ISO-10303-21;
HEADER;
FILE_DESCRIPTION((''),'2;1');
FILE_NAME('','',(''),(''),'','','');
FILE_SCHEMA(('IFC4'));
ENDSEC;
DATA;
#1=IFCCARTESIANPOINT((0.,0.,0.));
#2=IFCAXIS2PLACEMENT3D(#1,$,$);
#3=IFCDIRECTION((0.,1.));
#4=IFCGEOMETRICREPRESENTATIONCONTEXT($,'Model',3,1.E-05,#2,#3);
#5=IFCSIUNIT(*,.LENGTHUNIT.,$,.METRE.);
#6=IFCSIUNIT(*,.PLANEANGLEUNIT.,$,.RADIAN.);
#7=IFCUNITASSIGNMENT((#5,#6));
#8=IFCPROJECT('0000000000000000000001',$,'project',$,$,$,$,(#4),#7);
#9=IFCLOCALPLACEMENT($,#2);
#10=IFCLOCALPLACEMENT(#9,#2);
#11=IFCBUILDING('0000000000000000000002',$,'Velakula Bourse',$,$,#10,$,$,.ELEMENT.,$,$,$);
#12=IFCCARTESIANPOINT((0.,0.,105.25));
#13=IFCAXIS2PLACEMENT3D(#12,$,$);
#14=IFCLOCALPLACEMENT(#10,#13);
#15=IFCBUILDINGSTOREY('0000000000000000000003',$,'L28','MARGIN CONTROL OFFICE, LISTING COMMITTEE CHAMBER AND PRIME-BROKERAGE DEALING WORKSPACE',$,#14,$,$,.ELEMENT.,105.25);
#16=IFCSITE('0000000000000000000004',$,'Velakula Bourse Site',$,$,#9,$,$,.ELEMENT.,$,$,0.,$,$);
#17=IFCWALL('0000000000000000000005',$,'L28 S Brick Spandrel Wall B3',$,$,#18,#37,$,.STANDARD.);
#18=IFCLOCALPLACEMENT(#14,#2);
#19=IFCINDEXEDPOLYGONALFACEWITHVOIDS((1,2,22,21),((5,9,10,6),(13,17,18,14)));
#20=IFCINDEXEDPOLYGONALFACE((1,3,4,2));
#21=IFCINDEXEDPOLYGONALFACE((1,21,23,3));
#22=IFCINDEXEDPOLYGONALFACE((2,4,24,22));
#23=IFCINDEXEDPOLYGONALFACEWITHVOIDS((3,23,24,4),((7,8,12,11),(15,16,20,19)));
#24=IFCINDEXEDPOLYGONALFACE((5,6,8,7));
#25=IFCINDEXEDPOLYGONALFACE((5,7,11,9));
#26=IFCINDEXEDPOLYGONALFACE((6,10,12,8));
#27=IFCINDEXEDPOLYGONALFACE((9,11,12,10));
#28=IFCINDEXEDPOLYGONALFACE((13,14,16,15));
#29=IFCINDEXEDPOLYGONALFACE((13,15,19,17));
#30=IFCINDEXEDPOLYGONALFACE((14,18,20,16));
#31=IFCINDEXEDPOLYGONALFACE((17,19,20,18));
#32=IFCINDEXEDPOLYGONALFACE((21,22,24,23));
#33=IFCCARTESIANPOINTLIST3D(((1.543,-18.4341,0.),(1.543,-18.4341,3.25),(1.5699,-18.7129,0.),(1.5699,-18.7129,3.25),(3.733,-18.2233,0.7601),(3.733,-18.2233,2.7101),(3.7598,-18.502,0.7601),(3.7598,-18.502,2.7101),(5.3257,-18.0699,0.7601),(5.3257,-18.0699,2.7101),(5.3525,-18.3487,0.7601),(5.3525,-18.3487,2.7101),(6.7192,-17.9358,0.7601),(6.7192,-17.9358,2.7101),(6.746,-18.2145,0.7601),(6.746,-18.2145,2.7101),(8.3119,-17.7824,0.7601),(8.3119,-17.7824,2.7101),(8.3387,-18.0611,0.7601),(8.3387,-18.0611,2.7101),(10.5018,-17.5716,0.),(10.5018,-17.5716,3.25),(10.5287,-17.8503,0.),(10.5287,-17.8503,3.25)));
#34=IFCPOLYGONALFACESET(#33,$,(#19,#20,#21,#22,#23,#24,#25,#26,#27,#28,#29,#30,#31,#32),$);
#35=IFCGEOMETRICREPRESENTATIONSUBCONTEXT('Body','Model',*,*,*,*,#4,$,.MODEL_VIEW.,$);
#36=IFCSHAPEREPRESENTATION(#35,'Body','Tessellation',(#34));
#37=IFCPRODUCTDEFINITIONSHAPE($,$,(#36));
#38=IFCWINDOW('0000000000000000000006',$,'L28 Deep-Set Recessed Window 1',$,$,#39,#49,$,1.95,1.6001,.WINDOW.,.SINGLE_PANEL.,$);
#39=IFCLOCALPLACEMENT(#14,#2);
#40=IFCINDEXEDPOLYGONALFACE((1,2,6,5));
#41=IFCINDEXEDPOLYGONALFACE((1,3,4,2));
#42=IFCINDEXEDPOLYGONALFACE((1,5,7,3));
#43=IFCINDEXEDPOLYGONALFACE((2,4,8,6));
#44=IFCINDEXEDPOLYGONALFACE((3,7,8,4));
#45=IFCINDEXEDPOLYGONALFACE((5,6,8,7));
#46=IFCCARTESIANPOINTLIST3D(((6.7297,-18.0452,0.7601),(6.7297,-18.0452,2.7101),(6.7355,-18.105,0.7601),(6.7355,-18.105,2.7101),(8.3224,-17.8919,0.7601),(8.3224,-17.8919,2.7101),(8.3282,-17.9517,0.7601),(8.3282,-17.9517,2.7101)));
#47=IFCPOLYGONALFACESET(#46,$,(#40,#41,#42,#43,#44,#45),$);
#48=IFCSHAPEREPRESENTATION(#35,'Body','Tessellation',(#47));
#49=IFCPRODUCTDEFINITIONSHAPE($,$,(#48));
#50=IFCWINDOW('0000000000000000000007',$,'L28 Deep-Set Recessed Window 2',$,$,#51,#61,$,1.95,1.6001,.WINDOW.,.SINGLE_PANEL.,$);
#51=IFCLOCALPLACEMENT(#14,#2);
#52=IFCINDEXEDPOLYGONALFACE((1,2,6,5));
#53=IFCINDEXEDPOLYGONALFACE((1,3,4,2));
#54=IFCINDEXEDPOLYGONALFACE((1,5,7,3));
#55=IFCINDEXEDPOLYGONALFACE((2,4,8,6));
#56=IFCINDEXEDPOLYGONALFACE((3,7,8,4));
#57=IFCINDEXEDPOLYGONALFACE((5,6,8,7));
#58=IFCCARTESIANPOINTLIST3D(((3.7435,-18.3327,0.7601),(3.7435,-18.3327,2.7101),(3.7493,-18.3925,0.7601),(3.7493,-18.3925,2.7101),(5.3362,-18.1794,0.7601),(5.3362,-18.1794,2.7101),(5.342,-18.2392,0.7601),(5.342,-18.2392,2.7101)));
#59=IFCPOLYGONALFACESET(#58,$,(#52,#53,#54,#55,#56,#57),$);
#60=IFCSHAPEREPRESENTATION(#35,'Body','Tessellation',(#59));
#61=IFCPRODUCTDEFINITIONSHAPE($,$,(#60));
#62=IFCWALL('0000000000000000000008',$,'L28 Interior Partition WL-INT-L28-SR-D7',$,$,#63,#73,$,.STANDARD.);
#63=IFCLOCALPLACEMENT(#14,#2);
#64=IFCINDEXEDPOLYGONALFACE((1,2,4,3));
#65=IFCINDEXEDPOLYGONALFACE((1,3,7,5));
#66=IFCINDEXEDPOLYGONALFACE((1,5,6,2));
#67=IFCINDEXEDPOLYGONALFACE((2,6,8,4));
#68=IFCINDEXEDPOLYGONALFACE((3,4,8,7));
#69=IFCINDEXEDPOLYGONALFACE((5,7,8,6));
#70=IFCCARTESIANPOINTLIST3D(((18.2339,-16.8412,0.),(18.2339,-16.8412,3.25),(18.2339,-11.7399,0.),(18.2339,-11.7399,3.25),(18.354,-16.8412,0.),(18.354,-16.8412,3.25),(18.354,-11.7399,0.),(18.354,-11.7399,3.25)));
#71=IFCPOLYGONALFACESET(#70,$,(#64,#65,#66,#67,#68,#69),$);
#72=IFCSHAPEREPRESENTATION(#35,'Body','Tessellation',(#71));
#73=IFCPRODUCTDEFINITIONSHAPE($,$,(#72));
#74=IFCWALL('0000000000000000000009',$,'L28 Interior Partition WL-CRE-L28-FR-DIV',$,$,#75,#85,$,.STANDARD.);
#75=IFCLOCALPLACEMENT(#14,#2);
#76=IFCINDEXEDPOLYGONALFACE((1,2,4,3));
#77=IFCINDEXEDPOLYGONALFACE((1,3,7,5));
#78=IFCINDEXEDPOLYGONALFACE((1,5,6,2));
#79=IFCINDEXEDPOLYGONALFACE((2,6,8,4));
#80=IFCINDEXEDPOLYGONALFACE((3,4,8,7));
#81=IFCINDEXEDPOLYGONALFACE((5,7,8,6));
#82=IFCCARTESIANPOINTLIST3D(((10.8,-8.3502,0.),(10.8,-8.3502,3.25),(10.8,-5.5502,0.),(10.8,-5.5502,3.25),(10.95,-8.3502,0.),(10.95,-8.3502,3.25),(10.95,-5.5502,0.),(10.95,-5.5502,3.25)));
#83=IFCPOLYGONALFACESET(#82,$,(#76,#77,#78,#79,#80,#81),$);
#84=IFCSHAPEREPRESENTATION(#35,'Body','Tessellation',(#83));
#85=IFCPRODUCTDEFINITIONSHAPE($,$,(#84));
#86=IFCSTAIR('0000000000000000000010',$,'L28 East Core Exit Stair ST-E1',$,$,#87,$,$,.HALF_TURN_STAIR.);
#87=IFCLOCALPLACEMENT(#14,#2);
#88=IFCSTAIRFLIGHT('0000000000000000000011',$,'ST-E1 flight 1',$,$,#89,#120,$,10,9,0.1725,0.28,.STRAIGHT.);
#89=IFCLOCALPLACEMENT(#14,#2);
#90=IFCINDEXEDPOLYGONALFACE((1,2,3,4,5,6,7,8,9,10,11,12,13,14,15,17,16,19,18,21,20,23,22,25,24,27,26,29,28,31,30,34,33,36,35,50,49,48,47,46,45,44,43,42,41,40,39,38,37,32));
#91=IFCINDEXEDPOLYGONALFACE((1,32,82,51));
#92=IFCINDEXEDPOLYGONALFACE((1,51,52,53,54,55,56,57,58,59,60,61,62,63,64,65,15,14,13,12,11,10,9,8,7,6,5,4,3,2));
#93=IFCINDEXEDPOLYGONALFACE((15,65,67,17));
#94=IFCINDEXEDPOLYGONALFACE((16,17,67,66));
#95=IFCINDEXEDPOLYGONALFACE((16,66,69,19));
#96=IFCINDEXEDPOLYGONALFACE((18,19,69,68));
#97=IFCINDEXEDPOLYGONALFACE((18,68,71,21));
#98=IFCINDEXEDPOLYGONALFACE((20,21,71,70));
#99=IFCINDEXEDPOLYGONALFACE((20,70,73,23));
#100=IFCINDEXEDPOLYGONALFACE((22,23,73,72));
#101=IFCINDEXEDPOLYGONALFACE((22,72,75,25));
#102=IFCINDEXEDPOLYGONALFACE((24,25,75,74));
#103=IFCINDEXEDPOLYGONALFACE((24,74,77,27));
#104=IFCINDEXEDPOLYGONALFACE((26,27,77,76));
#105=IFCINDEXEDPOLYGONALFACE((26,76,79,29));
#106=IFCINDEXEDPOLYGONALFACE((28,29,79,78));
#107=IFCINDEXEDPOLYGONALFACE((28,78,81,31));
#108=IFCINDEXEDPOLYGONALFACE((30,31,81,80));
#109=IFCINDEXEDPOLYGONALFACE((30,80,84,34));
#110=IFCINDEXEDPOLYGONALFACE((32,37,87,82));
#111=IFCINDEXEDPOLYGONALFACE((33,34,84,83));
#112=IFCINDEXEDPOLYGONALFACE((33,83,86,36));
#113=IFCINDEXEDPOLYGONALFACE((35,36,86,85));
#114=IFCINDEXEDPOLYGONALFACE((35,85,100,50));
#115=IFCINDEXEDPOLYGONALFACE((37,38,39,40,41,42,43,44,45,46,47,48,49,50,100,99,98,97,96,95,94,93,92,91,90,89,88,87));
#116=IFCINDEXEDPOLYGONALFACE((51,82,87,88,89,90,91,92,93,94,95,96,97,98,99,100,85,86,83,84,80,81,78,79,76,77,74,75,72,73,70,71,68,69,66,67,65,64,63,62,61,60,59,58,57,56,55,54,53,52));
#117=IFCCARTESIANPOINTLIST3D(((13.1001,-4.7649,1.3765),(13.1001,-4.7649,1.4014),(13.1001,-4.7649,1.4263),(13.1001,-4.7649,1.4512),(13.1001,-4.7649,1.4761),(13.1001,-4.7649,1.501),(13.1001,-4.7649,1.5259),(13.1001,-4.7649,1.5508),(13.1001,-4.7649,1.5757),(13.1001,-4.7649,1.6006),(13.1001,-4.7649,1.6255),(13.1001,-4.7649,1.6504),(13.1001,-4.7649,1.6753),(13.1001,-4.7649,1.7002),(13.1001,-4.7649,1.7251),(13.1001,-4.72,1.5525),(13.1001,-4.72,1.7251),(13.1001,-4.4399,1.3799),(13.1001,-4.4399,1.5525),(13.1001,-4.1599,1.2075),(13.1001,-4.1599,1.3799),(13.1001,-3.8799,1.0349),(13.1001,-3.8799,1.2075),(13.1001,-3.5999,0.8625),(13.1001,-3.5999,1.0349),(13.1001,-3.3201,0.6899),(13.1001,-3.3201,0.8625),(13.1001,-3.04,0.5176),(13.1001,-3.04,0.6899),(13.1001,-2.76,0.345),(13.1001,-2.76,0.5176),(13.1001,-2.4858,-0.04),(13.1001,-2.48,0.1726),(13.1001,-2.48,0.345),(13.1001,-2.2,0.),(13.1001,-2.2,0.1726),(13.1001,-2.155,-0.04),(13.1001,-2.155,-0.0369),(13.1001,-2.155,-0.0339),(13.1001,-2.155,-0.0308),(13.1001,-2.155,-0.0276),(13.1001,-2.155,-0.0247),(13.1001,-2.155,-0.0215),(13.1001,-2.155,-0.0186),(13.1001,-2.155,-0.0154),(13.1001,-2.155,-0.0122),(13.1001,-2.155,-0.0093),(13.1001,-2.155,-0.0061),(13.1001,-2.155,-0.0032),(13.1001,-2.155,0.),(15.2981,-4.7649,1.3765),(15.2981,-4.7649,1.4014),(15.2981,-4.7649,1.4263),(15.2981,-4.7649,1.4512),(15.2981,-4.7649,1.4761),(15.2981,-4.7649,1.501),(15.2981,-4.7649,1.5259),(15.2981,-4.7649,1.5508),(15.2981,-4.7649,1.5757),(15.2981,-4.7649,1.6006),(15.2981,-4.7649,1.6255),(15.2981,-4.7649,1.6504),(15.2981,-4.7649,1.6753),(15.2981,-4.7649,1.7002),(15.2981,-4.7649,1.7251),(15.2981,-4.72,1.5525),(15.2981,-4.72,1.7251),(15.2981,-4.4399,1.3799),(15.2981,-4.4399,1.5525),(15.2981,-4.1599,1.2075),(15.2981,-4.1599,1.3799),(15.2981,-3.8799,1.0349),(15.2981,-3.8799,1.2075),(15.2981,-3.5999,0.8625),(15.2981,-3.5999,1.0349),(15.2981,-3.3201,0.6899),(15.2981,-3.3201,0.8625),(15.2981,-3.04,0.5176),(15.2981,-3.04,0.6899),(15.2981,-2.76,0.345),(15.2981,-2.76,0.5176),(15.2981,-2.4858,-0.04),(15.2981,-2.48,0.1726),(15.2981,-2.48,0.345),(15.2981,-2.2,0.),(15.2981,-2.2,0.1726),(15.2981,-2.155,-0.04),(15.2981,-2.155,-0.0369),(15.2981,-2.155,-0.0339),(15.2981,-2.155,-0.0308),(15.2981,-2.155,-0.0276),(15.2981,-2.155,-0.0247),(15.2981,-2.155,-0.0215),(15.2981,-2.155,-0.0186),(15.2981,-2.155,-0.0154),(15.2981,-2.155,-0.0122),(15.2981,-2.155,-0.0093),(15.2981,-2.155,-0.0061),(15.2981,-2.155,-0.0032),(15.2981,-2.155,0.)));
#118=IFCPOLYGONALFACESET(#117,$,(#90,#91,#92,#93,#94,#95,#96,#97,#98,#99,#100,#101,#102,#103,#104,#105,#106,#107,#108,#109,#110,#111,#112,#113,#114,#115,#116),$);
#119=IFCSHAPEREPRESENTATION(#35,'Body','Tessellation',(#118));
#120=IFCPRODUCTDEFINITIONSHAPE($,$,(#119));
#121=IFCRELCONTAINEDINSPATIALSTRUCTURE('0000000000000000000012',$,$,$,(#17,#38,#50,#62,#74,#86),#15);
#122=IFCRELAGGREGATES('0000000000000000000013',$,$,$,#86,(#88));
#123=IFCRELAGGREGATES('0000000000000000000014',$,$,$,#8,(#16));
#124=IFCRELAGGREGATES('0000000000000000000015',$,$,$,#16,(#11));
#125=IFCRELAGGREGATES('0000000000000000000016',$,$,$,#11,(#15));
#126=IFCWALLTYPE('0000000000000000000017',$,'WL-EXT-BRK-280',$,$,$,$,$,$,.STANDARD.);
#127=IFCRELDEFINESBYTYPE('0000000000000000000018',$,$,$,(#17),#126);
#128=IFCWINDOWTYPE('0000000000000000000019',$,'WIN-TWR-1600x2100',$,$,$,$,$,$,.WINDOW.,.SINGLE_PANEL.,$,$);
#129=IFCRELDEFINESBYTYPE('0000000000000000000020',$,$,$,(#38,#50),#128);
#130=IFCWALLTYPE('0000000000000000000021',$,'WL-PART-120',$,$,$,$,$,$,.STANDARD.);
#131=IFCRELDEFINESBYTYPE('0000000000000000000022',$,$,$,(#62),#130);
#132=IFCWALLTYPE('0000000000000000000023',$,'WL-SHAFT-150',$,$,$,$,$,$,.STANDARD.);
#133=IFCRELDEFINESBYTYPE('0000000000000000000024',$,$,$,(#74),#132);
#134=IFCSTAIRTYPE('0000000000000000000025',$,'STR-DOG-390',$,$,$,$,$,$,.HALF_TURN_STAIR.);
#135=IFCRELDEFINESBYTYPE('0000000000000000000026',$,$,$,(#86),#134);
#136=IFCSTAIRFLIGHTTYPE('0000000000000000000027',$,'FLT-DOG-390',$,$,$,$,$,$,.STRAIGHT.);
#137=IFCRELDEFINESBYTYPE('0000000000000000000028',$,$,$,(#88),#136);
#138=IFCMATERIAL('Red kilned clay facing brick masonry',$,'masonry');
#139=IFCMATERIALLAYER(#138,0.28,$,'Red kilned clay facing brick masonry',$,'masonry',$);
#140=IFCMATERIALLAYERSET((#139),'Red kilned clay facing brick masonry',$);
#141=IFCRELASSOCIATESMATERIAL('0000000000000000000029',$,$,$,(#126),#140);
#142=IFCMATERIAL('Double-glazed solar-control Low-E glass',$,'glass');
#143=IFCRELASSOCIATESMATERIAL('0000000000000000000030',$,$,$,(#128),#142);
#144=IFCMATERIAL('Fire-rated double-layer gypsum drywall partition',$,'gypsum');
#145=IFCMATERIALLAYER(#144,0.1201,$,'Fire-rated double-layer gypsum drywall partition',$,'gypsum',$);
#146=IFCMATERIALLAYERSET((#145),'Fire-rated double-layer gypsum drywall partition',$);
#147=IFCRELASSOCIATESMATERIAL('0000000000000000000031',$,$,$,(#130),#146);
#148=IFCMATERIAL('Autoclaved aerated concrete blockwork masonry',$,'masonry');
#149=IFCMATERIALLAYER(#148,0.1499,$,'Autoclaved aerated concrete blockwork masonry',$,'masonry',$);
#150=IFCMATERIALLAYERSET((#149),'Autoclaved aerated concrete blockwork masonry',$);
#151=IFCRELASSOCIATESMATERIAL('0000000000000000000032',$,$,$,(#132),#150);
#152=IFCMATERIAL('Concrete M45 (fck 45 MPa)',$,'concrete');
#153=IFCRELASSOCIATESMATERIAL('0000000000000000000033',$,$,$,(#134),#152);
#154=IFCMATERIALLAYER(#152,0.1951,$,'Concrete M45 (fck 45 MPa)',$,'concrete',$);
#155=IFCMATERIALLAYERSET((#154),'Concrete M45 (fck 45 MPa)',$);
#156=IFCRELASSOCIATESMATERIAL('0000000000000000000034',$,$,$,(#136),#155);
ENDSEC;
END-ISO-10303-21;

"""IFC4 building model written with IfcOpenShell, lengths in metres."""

from ifc_helpers import new_model, si_unit, direction, frame, frame_2d, origin, place, context, subcontext, project, spatial, polyline, rectangle, outline, extrude, material, layer, layer_set, type_object, element, fill, aggregate, save


model = new_model("IFC4")

# Units and contexts
model_context = context("Model", 3, precision=1e-05, world=origin(), true_north=direction((0.0, 1.0)))
body_context = subcontext(model_context, "Body", "Model", "MODEL_VIEW")
ifc_project = project(units=[si_unit("LENGTHUNIT", "METRE"), si_unit("PLANEANGLEUNIT", "RADIAN")], contexts=[model_context])

# Site, building, storey
site_placement = place(None, origin())
site = spatial("IfcSite", under=ifc_project, at=site_placement, Name="Velakula Bourse Site", CompositionType="ELEMENT", RefElevation=0.0)
building_placement = place(site_placement, origin())
building = spatial("IfcBuilding", under=site, at=building_placement, Name="Velakula Bourse", CompositionType="ELEMENT")
storey_placement = place(building_placement, frame((0.0, 0.0, 105.25)))
storey = spatial("IfcBuildingStorey", under=building, at=storey_placement, Name="L28", Description="MARGIN CONTROL OFFICE, LISTING COMMITTEE CHAMBER AND PRIME-BROKERAGE DEALING WORKSPACE", CompositionType="ELEMENT", Elevation=105.25)

# Wall, openings, windows
ifc_material_1 = material(Name="Red kilned clay facing brick masonry", Category="masonry")
ifc_layer_1 = layer(ifc_material_1, 0.28, Name="Red kilned clay facing brick masonry", Category="masonry")
ifc_layer_set_1 = layer_set([ifc_layer_1], Name="Red kilned clay facing brick masonry")
wall_type_1 = type_object("IfcWallType", Name="WL-EXT-BRK-280", PredefinedType="STANDARD", material=ifc_layer_set_1)
wall_1_placement = place(storey_placement, frame((10.5151, -17.7109, 0.0), z_axis=(0.0, 0.0, 1.0), x_axis=(-0.995397, -0.095837, 0.0)))
wall_1 = element("IfcWall", 1, at=wall_1_placement, inside=storey, type_object=wall_type_1, Name="L28 S Brick Spandrel Wall B3", PredefinedType="STANDARD", context=body_context, shape_type="SweptSolid", body=[
    extrude(rectangle(XDim=9.0002, YDim=0.28, at=frame_2d((4.5, 0.0))), origin(), (0.0, 0.0, 1.0), 3.25),
])
opening_1_placement = place(wall_1_placement, frame((2.2, 0.0, 0.76)))
opening_1 = element("IfcOpeningElement", 2, at=opening_1_placement, cuts=wall_1, PredefinedType="OPENING", context=body_context, shape_type="SweptSolid", body=[
    extrude(rectangle(XDim=1.6001, YDim=1.95, at=frame_2d((0.8, 0.9751))), frame((0.0, 0.1499, 0.0), z_axis=(0.0, -1.0, 0.0), x_axis=(1.0, 0.0, 0.0)), (0.0, 0.0, 1.0), 0.3),
])
opening_2_placement = place(wall_1_placement, frame((5.2, 0.0, 0.76)))
opening_2 = element("IfcOpeningElement", 3, at=opening_2_placement, cuts=wall_1, PredefinedType="OPENING", context=body_context, shape_type="SweptSolid", body=[
    extrude(rectangle(XDim=1.6001, YDim=1.95, at=frame_2d((0.8, 0.9751))), frame((0.0, 0.1499, 0.0), z_axis=(0.0, -1.0, 0.0), x_axis=(1.0, 0.0, 0.0)), (0.0, 0.0, 1.0), 0.3),
])
ifc_material_2 = material(Name="Double-glazed solar-control Low-E glass", Category="glass")
window_type = type_object("IfcWindowType", Name="WIN-TWR-1600x2100", PartitioningType="SINGLE_PANEL", PredefinedType="WINDOW", material=ifc_material_2)
window_1_placement = place(opening_1_placement, origin())
window_1 = element("IfcWindow", 4, at=window_1_placement, inside=storey, type_object=window_type, Name="L28 Deep-Set Recessed Window 1", OverallHeight=1.95, OverallWidth=1.6001, PartitioningType="SINGLE_PANEL", PredefinedType="WINDOW", context=body_context, shape_type="SweptSolid", body=[
    extrude(rectangle(XDim=1.6001, YDim=1.95, at=frame_2d((0.8, 0.9751))), frame((0.0, 0.03, 0.0), z_axis=(0.0, -1.0, 0.0), x_axis=(1.0, 0.0, 0.0)), (0.0, 0.0, 1.0), 0.0601),
])
fill(opening_1, window_1)
window_2_placement = place(opening_2_placement, origin())
window_2 = element("IfcWindow", 5, at=window_2_placement, inside=storey, type_object=window_type, Name="L28 Deep-Set Recessed Window 2", OverallHeight=1.95, OverallWidth=1.6001, PartitioningType="SINGLE_PANEL", PredefinedType="WINDOW", context=body_context, shape_type="SweptSolid", body=[
    extrude(rectangle(XDim=1.6001, YDim=1.95, at=frame_2d((0.8, 0.9751))), frame((0.0, 0.03, 0.0), z_axis=(0.0, -1.0, 0.0), x_axis=(1.0, 0.0, 0.0)), (0.0, 0.0, 1.0), 0.0601),
])
fill(opening_2, window_2)

# Wall
ifc_material_3 = material(Name="Fire-rated double-layer gypsum drywall partition", Category="gypsum")
ifc_layer_2 = layer(ifc_material_3, 0.1201, Name="Fire-rated double-layer gypsum drywall partition", Category="gypsum")
ifc_layer_set_2 = layer_set([ifc_layer_2], Name="Fire-rated double-layer gypsum drywall partition")
wall_type_2 = type_object("IfcWallType", Name="WL-PART-120", PredefinedType="STANDARD", material=ifc_layer_set_2)
wall_2_placement = place(storey_placement, frame((18.2939, -16.8413, 0.0), z_axis=(0.0, 0.0, 1.0), x_axis=(0.0, 1.0, 0.0)))
element("IfcWall", 6, at=wall_2_placement, inside=storey, type_object=wall_type_2, Name="L28 Interior Partition WL-INT-L28-SR-D7", PredefinedType="STANDARD", context=body_context, shape_type="SweptSolid", body=[
    extrude(rectangle(XDim=5.1013, YDim=0.1201, at=frame_2d((2.5508, 0.0))), origin(), (0.0, 0.0, 1.0), 3.25),
])

# Shared definitions
ifc_material_4 = material(Name="Autoclaved aerated concrete blockwork masonry", Category="masonry")
ifc_layer_3 = layer(ifc_material_4, 0.1499, Name="Autoclaved aerated concrete blockwork masonry", Category="masonry")
ifc_layer_set_3 = layer_set([ifc_layer_3], Name="Autoclaved aerated concrete blockwork masonry")
wall_type_3 = type_object("IfcWallType", Name="WL-SHAFT-150", PredefinedType="STANDARD", material=ifc_layer_set_3)

# Wall
wall_3_placement = place(storey_placement, frame((10.875, -8.3501, 0.0), z_axis=(0.0, 0.0, 1.0), x_axis=(0.0, 1.0, 0.0)))
element("IfcWall", 7, at=wall_3_placement, inside=storey, type_object=wall_type_3, Name="L28 Interior Partition WL-CRE-L28-FR-DIV", PredefinedType="STANDARD", context=body_context, shape_type="SweptSolid", body=[
    extrude(rectangle(XDim=2.8, YDim=0.1499, at=frame_2d((1.3999, 0.0))), origin(), (0.0, 0.0, 1.0), 3.25),
])

# Stair, stair flight
ifc_material_5 = material(Name="Concrete M45 (fck 45 MPa)", Category="concrete")
stair_type = type_object("IfcStairType", Name="STR-DOG-390", PredefinedType="HALF_TURN_STAIR", material=ifc_material_5)
stair_placement = place(storey_placement, origin())
stair = element("IfcStair", 8, at=stair_placement, inside=storey, type_object=stair_type, Name="L28 East Core Exit Stair ST-E1", PredefinedType="HALF_TURN_STAIR")
ifc_layer_4 = layer(ifc_material_5, 0.1951, Name="Concrete M45 (fck 45 MPa)", Category="concrete")
ifc_layer_set_4 = layer_set([ifc_layer_4], Name="Concrete M45 (fck 45 MPa)")
stair_flight_type = type_object("IfcStairFlightType", Name="FLT-DOG-390", PredefinedType="STRAIGHT", material=ifc_layer_set_4)
stair_flight_1_placement = place(storey_placement, frame((14.199, -2.2, 0.0), z_axis=(0.0, 0.0, 1.0), x_axis=(0.0, -1.0, 0.0)))
stair_flight_1 = element("IfcStairFlight", 9, at=stair_flight_1_placement, type_object=stair_flight_type, Name="ST-E1 flight 1", NumberOfRisers=10, NumberOfTreads=9, PredefinedType="STRAIGHT", RiserHeight=0.1725, TreadLength=0.28, context=body_context, shape_type="SweptSolid", body=[
    extrude(outline(polyline([(-0.0449, -0.04), (-0.0449, -0.0369), (-0.0449, -0.0339), (-0.0449, -0.0308), (-0.0449, -0.0276), (-0.0449, -0.0247), (-0.0449, -0.0215), (-0.0449, -0.0186), (-0.0449, -0.0154), (-0.0449, -0.0122), (-0.0449, -0.0093), (-0.0449, -0.0061), (-0.0449, -0.0032), (-0.0449, 0.0), (0.0, 0.0), (0.0, 0.1726), (0.28, 0.1726), (0.28, 0.345), (0.5601, 0.345), (0.5601, 0.5176), (0.8401, 0.5176), (0.8401, 0.6899), (1.1201, 0.6899), (1.1201, 0.8625), (1.3999, 0.8625), (1.3999, 1.0349), (1.6799, 1.0349), (1.6799, 1.2075), (1.96, 1.2075), (1.96, 1.3799), (2.24, 1.3799), (2.24, 1.5525), (2.52, 1.5525), (2.52, 1.7251), (2.5649, 1.7251), (2.5649, 1.7002), (2.5649, 1.6753), (2.5649, 1.6504), (2.5649, 1.6255), (2.5649, 1.6006), (2.5649, 1.5757), (2.5649, 1.5508), (2.5649, 1.5259), (2.5649, 1.501), (2.5649, 1.4761), (2.5649, 1.4512), (2.5649, 1.4263), (2.5649, 1.4014), (2.5649, 1.3765), (0.2859, -0.04), (-0.0449, -0.04)])), frame((0.0, 1.0991, 0.0), z_axis=(0.0, -1.0, 0.0), x_axis=(1.0, 0.0, 0.0)), (0.0, 0.0, 1.0), 2.198),
])
aggregate(stair, [stair_flight_1])

save(model, "model.ifc")
